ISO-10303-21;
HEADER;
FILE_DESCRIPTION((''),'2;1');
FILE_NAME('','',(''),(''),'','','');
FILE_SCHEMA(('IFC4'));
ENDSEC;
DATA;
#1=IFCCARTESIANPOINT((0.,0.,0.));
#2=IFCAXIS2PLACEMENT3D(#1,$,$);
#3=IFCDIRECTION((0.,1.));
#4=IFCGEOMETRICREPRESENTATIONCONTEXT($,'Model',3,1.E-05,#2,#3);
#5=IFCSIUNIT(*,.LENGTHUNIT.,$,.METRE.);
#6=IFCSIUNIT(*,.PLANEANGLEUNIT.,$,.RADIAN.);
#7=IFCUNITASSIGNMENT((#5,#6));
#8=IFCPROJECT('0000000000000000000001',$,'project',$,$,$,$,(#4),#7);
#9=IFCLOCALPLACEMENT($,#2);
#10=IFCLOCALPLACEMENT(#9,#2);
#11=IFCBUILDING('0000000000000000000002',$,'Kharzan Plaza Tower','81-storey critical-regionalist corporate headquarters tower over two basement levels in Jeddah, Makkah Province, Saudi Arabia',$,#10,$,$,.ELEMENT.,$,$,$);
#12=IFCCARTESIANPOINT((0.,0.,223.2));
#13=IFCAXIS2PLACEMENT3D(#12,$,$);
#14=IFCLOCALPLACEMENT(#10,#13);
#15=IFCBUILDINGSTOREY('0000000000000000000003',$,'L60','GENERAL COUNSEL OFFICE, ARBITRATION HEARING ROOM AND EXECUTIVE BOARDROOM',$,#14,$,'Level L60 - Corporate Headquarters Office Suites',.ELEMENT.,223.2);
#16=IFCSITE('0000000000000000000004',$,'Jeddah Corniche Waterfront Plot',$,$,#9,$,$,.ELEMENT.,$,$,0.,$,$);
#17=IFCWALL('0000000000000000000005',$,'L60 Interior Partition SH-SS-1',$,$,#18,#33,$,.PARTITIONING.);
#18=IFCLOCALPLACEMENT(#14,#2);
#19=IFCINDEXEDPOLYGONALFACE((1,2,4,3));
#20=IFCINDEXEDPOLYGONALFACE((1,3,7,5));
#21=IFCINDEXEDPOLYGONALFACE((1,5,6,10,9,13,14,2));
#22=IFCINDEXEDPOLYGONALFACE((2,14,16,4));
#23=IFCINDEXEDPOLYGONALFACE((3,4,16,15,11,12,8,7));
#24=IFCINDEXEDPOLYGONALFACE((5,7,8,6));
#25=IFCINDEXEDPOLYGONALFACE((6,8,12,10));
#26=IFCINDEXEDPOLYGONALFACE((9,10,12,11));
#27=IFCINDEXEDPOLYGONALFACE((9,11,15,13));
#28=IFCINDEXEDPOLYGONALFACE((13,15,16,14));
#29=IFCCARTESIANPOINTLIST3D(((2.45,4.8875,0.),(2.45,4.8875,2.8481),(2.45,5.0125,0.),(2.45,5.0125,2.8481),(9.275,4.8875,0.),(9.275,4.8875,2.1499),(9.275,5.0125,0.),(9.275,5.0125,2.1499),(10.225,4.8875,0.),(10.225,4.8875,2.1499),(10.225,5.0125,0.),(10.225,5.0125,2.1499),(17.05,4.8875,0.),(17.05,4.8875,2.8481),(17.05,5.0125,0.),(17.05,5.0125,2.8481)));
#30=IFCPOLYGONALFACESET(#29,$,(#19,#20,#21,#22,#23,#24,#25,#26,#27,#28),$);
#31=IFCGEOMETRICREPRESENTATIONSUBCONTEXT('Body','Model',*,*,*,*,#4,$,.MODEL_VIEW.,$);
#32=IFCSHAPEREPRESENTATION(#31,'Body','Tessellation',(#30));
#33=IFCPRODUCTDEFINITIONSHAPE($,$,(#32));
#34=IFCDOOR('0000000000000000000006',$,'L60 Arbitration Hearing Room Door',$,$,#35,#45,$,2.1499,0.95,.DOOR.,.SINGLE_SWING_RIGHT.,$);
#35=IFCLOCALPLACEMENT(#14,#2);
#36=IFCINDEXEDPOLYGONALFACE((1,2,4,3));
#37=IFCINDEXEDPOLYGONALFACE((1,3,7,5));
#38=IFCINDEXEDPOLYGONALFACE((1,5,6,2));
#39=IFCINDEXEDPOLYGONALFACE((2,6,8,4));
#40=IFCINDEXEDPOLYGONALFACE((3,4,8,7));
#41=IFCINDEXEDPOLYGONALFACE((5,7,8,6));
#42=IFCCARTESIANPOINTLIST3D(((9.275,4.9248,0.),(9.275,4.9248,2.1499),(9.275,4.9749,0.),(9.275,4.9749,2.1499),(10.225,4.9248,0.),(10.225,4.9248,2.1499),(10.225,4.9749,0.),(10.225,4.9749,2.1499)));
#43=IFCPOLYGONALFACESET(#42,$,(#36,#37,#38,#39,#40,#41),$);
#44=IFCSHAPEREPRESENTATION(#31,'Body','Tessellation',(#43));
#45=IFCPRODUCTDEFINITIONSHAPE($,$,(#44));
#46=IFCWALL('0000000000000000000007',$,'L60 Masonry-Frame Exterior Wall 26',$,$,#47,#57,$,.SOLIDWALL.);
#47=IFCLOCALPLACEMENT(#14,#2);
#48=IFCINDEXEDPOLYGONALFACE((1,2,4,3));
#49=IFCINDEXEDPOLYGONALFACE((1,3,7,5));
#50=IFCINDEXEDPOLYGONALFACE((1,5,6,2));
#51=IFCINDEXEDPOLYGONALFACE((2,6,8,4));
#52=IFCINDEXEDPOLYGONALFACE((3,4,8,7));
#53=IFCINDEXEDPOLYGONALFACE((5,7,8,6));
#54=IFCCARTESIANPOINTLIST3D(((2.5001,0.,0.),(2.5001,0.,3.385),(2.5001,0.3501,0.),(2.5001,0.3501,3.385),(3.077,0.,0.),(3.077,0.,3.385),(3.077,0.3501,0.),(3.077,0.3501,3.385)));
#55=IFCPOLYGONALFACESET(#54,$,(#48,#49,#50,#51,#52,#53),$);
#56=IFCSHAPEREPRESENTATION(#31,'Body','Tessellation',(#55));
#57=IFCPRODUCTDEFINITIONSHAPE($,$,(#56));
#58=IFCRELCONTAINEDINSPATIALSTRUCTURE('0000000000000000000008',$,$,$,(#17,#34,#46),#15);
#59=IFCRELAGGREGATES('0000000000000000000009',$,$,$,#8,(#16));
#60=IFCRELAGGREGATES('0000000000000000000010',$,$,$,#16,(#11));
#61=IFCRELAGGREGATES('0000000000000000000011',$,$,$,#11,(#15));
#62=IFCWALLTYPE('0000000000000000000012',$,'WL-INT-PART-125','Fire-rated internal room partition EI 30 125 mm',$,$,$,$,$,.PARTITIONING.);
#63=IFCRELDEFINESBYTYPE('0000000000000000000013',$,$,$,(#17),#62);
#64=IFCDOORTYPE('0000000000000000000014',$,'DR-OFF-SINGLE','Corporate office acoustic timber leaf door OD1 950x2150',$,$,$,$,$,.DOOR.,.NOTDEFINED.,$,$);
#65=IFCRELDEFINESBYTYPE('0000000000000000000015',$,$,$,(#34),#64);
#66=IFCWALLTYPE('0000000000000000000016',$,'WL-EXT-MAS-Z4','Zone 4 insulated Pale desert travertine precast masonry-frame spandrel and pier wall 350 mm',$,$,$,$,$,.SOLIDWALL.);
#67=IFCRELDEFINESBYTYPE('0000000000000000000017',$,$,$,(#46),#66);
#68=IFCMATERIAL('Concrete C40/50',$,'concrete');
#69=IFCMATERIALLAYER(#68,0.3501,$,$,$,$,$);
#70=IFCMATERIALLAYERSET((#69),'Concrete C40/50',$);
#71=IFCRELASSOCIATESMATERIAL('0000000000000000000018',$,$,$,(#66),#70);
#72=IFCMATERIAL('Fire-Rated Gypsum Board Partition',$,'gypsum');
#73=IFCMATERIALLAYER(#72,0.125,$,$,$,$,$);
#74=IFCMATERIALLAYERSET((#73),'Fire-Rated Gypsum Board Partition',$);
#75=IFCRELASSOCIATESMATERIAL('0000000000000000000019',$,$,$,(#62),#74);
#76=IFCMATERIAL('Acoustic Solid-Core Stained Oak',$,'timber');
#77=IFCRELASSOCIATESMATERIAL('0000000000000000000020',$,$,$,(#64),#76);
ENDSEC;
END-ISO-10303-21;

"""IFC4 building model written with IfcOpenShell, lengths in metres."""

from ifc_helpers import new_model, si_unit, direction, frame, frame_2d, origin, place, context, subcontext, project, spatial, rectangle, extrude, source, transform, mapped, material, layer, layer_set, type_object, element, fill, save


model = new_model("IFC4")

# Units and contexts
model_context = context("Model", 3, precision=1e-05, world=origin(), true_north=direction((0.0, 1.0)))
body_context = subcontext(model_context, "Body", "Model", "MODEL_VIEW")
ifc_project = project(units=[si_unit("LENGTHUNIT", "METRE"), si_unit("PLANEANGLEUNIT", "RADIAN")], contexts=[model_context])

# Site, building, storey
site_placement = place(None, origin())
site = spatial("IfcSite", under=ifc_project, at=site_placement, Name="Jeddah Corniche Waterfront Plot", CompositionType="ELEMENT", RefElevation=0.0)
building_placement = place(site_placement, origin())
building = spatial("IfcBuilding", under=site, at=building_placement, Name="Kharzan Plaza Tower", Description="81-storey critical-regionalist corporate headquarters tower over two basement levels in Jeddah, Makkah Province, Saudi Arabia", CompositionType="ELEMENT")
storey_placement = place(building_placement, frame((0.0, 0.0, 223.2)))
storey = spatial("IfcBuildingStorey", under=building, at=storey_placement, Name="L60", Description="GENERAL COUNSEL OFFICE, ARBITRATION HEARING ROOM AND EXECUTIVE BOARDROOM", LongName="Level L60 - Corporate Headquarters Office Suites", CompositionType="ELEMENT", Elevation=223.2)

# Shared definitions
ifc_material_1 = material(Name="Concrete C40/50", Category="concrete")
ifc_layer_1 = layer(ifc_material_1, 0.3501)
ifc_layer_set_1 = layer_set([ifc_layer_1], Name="Concrete C40/50")
wall_type_1 = type_object("IfcWallType", Name="WL-EXT-MAS-Z4", Description="Zone 4 insulated Pale desert travertine precast masonry-frame spandrel and pier wall 350 mm", PredefinedType="SOLIDWALL", material=ifc_layer_set_1)

# Wall, opening, door
ifc_material_2 = material(Name="Fire-Rated Gypsum Board Partition", Category="gypsum")
ifc_layer_2 = layer(ifc_material_2, 0.125)
ifc_layer_set_2 = layer_set([ifc_layer_2], Name="Fire-Rated Gypsum Board Partition")
wall_type_2 = type_object("IfcWallType", Name="WL-INT-PART-125", Description="Fire-rated internal room partition EI 30 125 mm", PredefinedType="PARTITIONING", material=ifc_layer_set_2)
ifc_material_3 = material(Name="Acoustic Solid-Core Stained Oak", Category="timber")
door_type = type_object("IfcDoorType", Name="DR-OFF-SINGLE", Description="Corporate office acoustic timber leaf door OD1 950x2150", OperationType="NOTDEFINED", PredefinedType="DOOR", material=ifc_material_3)
shared_shape_1 = source(origin(), body_context, "Body", "SweptSolid", [
    extrude(rectangle(XDim=0.95, YDim=2.1499, at=frame_2d((0.4751, 1.075))), frame((0.0, 0.0249, 0.0), z_axis=(0.0, -1.0, 0.0), x_axis=(1.0, 0.0, 0.0)), (0.0, 0.0, 1.0), 0.05),
])
wall_1_placement = place(storey_placement, frame((2.45, 4.95, 0.0), z_axis=(0.0, 0.0, 1.0), x_axis=(1.0, 0.0, 0.0)))
wall_1 = element("IfcWall", 1, at=wall_1_placement, inside=storey, type_object=wall_type_2, Name="L60 Interior Partition SH-SS-1", PredefinedType="PARTITIONING", context=body_context, shape_type="SweptSolid", body=[
    extrude(rectangle(XDim=14.6001, YDim=0.125, at=frame_2d((7.3, 0.0))), origin(), (0.0, 0.0, 1.0), 2.8481),
])
opening_1_placement = place(wall_1_placement, frame((6.825, 0.0, 0.0)))
opening_1 = element("IfcOpeningElement", 2, at=opening_1_placement, cuts=wall_1, PredefinedType="OPENING", context=body_context, shape_type="SweptSolid", body=[
    extrude(rectangle(XDim=0.95, YDim=2.1499, at=frame_2d((0.4751, 1.075))), frame((0.0, 0.0725, 0.0), z_axis=(0.0, -1.0, 0.0), x_axis=(1.0, 0.0, 0.0)), (0.0, 0.0, 1.0), 0.145),
])
door_1_placement = place(opening_1_placement, origin())
door_1 = element("IfcDoor", 3, at=door_1_placement, inside=storey, type_object=door_type, Name="L60 Arbitration Hearing Room Door", OperationType="SINGLE_SWING_RIGHT", OverallHeight=2.1499, OverallWidth=0.95, PredefinedType="DOOR", context=body_context, shape_type="MappedRepresentation", body=[
    mapped(shared_shape_1, transform((0.0, 0.0, 0.0), x_axis=(1.0, 0.0, 0.0), y_axis=(0.0, 1.0, 0.0), z_axis=(0.0, 0.0, 1.0))),
])
fill(opening_1, door_1)

# Wall
shared_shape_2 = source(origin(), body_context, "Body", "SweptSolid", [
    extrude(rectangle(XDim=0.5769, YDim=0.3501, at=frame_2d((0.2886, 0.0))), origin(), (0.0, 0.0, 1.0), 3.385),
])
wall_2_placement = place(storey_placement, frame((2.5, 0.175, 0.0), z_axis=(0.0, 0.0, 1.0), x_axis=(1.0, 0.0, 0.0)))
element("IfcWall", 4, at=wall_2_placement, inside=storey, type_object=wall_type_1, Name="L60 Masonry-Frame Exterior Wall 26", PredefinedType="SOLIDWALL", context=body_context, shape_type="MappedRepresentation", body=[
    mapped(shared_shape_2, transform((0.0, 0.0, 0.0), x_axis=(1.0, 0.0, 0.0), y_axis=(0.0, 1.0, 0.0), z_axis=(0.0, 0.0, 1.0))),
])

save(model, "model.ifc")
